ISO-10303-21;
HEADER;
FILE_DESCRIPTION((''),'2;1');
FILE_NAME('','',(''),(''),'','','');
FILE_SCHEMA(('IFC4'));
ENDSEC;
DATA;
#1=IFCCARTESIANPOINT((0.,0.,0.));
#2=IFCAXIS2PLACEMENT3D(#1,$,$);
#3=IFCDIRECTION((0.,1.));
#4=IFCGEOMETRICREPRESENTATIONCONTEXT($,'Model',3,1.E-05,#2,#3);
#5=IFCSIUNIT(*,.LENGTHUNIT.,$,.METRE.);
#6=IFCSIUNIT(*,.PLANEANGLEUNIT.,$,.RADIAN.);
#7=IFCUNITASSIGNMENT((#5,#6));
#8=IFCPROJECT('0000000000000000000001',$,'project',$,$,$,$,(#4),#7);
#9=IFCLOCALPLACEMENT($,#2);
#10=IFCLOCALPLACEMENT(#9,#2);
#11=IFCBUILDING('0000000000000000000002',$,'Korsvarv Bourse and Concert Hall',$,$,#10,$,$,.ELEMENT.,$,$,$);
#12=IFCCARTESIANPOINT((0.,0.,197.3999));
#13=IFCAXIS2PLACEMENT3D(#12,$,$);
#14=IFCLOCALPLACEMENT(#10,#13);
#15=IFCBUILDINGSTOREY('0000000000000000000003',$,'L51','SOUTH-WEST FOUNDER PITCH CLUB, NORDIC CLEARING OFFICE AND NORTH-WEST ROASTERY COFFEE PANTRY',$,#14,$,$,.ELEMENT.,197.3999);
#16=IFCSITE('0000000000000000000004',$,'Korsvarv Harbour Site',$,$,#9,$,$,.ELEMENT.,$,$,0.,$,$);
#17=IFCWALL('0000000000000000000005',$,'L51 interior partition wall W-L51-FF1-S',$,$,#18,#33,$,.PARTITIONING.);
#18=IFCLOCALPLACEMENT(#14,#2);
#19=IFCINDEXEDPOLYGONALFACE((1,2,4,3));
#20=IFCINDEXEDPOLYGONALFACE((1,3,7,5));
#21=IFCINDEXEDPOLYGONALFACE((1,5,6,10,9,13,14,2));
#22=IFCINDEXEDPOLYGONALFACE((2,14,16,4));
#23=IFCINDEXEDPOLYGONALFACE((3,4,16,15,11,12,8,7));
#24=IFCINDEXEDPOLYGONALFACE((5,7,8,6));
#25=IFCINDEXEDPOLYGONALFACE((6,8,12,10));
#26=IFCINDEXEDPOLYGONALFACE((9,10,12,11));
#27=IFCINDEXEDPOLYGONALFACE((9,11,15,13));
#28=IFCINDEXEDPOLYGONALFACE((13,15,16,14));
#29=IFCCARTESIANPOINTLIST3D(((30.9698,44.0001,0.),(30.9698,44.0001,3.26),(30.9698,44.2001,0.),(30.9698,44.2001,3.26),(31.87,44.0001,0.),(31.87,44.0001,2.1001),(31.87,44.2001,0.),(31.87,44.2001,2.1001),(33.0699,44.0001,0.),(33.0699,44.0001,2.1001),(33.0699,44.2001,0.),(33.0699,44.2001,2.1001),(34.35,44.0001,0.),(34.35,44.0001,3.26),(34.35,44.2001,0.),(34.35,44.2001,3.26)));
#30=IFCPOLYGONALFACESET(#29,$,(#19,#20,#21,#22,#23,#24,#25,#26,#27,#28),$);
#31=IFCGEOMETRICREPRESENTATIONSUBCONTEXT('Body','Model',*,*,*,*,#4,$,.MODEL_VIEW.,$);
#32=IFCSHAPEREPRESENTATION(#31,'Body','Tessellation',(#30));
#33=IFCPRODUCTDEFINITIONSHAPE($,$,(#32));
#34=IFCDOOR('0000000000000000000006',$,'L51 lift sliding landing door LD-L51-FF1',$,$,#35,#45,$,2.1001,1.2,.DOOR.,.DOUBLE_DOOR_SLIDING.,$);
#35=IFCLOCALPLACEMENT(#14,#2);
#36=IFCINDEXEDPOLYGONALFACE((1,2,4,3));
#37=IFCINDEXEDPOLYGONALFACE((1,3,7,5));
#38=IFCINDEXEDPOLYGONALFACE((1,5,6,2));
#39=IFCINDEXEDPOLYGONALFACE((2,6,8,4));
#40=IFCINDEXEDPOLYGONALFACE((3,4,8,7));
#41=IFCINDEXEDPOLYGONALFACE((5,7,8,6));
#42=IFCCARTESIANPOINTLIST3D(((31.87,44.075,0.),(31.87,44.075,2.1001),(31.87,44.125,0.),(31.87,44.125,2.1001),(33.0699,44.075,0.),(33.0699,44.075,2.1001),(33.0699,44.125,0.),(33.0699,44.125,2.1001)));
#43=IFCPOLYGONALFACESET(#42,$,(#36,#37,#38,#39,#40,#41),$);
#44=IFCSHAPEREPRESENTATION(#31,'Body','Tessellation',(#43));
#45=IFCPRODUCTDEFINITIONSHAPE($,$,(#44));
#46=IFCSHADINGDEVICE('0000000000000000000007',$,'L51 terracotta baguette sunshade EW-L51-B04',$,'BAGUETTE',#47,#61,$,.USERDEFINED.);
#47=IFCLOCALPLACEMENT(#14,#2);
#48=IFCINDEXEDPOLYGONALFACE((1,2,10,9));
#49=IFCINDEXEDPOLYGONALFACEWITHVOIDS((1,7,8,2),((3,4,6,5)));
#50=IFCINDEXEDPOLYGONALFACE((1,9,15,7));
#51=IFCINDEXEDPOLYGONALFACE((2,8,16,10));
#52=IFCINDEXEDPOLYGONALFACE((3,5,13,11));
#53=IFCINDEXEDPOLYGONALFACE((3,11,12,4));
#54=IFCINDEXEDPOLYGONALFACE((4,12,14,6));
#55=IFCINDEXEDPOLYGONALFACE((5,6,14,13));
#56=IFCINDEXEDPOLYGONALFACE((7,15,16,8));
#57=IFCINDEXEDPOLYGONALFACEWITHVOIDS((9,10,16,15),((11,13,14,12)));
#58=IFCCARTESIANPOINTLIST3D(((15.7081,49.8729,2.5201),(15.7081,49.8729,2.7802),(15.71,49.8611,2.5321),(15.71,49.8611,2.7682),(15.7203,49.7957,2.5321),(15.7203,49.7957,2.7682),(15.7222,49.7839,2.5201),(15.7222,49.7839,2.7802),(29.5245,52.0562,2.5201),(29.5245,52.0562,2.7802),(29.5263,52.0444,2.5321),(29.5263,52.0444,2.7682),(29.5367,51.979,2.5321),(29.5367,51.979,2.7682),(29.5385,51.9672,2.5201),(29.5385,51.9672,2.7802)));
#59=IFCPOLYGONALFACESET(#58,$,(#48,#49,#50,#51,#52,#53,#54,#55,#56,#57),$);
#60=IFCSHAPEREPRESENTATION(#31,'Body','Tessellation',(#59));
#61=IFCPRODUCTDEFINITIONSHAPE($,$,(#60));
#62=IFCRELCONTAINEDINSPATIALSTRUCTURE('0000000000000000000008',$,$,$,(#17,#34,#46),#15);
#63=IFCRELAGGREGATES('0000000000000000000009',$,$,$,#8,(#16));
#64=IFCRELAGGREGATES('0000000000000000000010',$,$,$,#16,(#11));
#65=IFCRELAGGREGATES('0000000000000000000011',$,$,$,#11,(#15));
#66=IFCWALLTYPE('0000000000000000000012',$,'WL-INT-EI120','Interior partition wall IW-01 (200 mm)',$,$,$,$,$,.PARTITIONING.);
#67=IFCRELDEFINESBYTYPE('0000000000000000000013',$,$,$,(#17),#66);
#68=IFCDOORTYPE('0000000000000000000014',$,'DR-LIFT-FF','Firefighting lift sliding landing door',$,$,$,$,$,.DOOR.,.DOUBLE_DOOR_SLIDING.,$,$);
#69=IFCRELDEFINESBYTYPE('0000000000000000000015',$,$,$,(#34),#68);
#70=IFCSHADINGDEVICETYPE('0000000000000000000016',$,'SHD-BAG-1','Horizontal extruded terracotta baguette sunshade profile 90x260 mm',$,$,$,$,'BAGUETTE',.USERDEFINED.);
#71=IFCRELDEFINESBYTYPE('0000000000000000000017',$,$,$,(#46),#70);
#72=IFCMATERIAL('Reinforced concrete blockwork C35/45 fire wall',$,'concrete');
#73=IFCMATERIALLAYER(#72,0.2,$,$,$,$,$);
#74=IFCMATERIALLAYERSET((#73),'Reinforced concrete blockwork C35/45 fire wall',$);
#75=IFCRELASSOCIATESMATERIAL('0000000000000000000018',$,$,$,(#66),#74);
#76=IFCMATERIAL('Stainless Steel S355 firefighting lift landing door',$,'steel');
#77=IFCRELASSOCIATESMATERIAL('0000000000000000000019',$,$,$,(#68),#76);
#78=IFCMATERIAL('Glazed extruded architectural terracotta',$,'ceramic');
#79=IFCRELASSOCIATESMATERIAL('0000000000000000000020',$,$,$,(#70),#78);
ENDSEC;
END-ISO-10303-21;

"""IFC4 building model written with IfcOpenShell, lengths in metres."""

from ifc_helpers import new_model, si_unit, direction, frame, frame_2d, origin, origin_2d, place, context, subcontext, project, spatial, rectangle, hollow_rectangle, extrude, source, transform, mapped, material, layer, layer_set, material_profile, profile_set, type_object, element, fill, save


model = new_model("IFC4")

# Units and contexts
model_context = context("Model", 3, precision=1e-05, world=origin(), true_north=direction((0.0, 1.0)))
body_context = subcontext(model_context, "Body", "Model", "MODEL_VIEW")
ifc_project = project(units=[si_unit("LENGTHUNIT", "METRE"), si_unit("PLANEANGLEUNIT", "RADIAN")], contexts=[model_context])

# Site, building, storey
site_placement = place(None, origin())
site = spatial("IfcSite", under=ifc_project, at=site_placement, Name="Korsvarv Harbour Site", CompositionType="ELEMENT", RefElevation=0.0)
building_placement = place(site_placement, origin())
building = spatial("IfcBuilding", under=site, at=building_placement, Name="Korsvarv Bourse and Concert Hall", CompositionType="ELEMENT")
storey_placement = place(building_placement, frame((0.0, 0.0, 197.3999)))
storey = spatial("IfcBuildingStorey", under=building, at=storey_placement, Name="L51", Description="SOUTH-WEST FOUNDER PITCH CLUB, NORDIC CLEARING OFFICE AND NORTH-WEST ROASTERY COFFEE PANTRY", CompositionType="ELEMENT", Elevation=197.3999)

# Wall, opening, door
ifc_material_1 = material(Name="Reinforced concrete blockwork C35/45 fire wall", Category="concrete")
ifc_layer_1 = layer(ifc_material_1, 0.2)
ifc_layer_set_1 = layer_set([ifc_layer_1], Name="Reinforced concrete blockwork C35/45 fire wall")
wall_type_1 = type_object("IfcWallType", Name="WL-INT-EI120", Description="Interior partition wall IW-01 (200 mm)", PredefinedType="PARTITIONING", material=ifc_layer_set_1)
wall_1_placement = place(storey_placement, frame((30.97, 44.1001, 0.0), z_axis=(0.0, 0.0, 1.0), x_axis=(1.0, 0.0, 0.0)))
wall_1 = element("IfcWall", 1, at=wall_1_placement, inside=storey, type_object=wall_type_1, Name="L51 interior partition wall W-L51-FF1-S", PredefinedType="PARTITIONING", context=body_context, shape_type="SweptSolid", body=[
    extrude(rectangle(XDim=3.3801, YDim=0.2, at=frame_2d((1.6899, 0.0))), origin(), (0.0, 0.0, 1.0), 3.26),
])
opening_placement = place(wall_1_placement, frame((0.8999, 0.0, 0.0)))
opening = element("IfcOpeningElement", 2, at=opening_placement, cuts=wall_1, PredefinedType="OPENING", context=body_context, shape_type="SweptSolid", body=[
    extrude(rectangle(XDim=1.2, YDim=2.1001, at=frame_2d((0.6001, 1.05))), frame((0.0, 0.1099, 0.0), z_axis=(0.0, -1.0, 0.0), x_axis=(1.0, 0.0, 0.0)), (0.0, 0.0, 1.0), 0.22),
])
ifc_material_2 = material(Name="Stainless Steel S355 firefighting lift landing door", Category="steel")
door_type = type_object("IfcDoorType", Name="DR-LIFT-FF", Description="Firefighting lift sliding landing door", OperationType="DOUBLE_DOOR_SLIDING", PredefinedType="DOOR", material=ifc_material_2)
door_placement = place(opening_placement, origin())
door = element("IfcDoor", 3, at=door_placement, inside=storey, type_object=door_type, Name="L51 lift sliding landing door LD-L51-FF1", OperationType="DOUBLE_DOOR_SLIDING", OverallHeight=2.1001, OverallWidth=1.2, PredefinedType="DOOR", context=body_context, shape_type="SweptSolid", body=[
    extrude(rectangle(XDim=1.2, YDim=2.1001, at=frame_2d((0.6001, 1.05))), frame((0.0, 0.0249, 0.0), z_axis=(0.0, -1.0, 0.0), x_axis=(1.0, 0.0, 0.0)), (0.0, 0.0, 1.0), 0.05),
])
fill(opening, door)

# Shading device
ifc_material_3 = material(Name="Glazed extruded architectural terracotta", Category="ceramic")
ifc_material_profile_1 = material_profile(ifc_material_3, hollow_rectangle(XDim=0.0901, YDim=0.26, WallThickness=0.012, at=origin_2d()), Name="TC-BAG 90x260")
ifc_profile_set_1 = profile_set([ifc_material_profile_1], Name="Glazed extruded architectural terracotta")
shading_device_type = type_object("IfcShadingDeviceType", Name="SHD-BAG-1", Description="Horizontal extruded terracotta baguette sunshade profile 90x260 mm", ElementType="BAGUETTE", PredefinedType="USERDEFINED", material=ifc_profile_set_1)
shared_shape_1 = source(origin(), body_context, "Body", "SweptSolid", [
    extrude(hollow_rectangle(XDim=0.0901, YDim=0.26, WallThickness=0.012, at=origin_2d()), origin(), (0.0, 0.0, 1.0), 13.9878),
])
shading_device_placement = place(storey_placement, frame((29.5315, 52.0117, 2.6501), z_axis=(-0.987743, -0.156089, 0.0), x_axis=(0.156089, -0.987743, 0.0)))
element("IfcShadingDevice", 4, at=shading_device_placement, inside=storey, type_object=shading_device_type, Name="L51 terracotta baguette sunshade EW-L51-B04", ObjectType="BAGUETTE", PredefinedType="USERDEFINED", context=body_context, shape_type="MappedRepresentation", body=[
    mapped(shared_shape_1, transform((0.0, 0.0, 0.0), scale=1.0)),
])

save(model, "model.ifc")
